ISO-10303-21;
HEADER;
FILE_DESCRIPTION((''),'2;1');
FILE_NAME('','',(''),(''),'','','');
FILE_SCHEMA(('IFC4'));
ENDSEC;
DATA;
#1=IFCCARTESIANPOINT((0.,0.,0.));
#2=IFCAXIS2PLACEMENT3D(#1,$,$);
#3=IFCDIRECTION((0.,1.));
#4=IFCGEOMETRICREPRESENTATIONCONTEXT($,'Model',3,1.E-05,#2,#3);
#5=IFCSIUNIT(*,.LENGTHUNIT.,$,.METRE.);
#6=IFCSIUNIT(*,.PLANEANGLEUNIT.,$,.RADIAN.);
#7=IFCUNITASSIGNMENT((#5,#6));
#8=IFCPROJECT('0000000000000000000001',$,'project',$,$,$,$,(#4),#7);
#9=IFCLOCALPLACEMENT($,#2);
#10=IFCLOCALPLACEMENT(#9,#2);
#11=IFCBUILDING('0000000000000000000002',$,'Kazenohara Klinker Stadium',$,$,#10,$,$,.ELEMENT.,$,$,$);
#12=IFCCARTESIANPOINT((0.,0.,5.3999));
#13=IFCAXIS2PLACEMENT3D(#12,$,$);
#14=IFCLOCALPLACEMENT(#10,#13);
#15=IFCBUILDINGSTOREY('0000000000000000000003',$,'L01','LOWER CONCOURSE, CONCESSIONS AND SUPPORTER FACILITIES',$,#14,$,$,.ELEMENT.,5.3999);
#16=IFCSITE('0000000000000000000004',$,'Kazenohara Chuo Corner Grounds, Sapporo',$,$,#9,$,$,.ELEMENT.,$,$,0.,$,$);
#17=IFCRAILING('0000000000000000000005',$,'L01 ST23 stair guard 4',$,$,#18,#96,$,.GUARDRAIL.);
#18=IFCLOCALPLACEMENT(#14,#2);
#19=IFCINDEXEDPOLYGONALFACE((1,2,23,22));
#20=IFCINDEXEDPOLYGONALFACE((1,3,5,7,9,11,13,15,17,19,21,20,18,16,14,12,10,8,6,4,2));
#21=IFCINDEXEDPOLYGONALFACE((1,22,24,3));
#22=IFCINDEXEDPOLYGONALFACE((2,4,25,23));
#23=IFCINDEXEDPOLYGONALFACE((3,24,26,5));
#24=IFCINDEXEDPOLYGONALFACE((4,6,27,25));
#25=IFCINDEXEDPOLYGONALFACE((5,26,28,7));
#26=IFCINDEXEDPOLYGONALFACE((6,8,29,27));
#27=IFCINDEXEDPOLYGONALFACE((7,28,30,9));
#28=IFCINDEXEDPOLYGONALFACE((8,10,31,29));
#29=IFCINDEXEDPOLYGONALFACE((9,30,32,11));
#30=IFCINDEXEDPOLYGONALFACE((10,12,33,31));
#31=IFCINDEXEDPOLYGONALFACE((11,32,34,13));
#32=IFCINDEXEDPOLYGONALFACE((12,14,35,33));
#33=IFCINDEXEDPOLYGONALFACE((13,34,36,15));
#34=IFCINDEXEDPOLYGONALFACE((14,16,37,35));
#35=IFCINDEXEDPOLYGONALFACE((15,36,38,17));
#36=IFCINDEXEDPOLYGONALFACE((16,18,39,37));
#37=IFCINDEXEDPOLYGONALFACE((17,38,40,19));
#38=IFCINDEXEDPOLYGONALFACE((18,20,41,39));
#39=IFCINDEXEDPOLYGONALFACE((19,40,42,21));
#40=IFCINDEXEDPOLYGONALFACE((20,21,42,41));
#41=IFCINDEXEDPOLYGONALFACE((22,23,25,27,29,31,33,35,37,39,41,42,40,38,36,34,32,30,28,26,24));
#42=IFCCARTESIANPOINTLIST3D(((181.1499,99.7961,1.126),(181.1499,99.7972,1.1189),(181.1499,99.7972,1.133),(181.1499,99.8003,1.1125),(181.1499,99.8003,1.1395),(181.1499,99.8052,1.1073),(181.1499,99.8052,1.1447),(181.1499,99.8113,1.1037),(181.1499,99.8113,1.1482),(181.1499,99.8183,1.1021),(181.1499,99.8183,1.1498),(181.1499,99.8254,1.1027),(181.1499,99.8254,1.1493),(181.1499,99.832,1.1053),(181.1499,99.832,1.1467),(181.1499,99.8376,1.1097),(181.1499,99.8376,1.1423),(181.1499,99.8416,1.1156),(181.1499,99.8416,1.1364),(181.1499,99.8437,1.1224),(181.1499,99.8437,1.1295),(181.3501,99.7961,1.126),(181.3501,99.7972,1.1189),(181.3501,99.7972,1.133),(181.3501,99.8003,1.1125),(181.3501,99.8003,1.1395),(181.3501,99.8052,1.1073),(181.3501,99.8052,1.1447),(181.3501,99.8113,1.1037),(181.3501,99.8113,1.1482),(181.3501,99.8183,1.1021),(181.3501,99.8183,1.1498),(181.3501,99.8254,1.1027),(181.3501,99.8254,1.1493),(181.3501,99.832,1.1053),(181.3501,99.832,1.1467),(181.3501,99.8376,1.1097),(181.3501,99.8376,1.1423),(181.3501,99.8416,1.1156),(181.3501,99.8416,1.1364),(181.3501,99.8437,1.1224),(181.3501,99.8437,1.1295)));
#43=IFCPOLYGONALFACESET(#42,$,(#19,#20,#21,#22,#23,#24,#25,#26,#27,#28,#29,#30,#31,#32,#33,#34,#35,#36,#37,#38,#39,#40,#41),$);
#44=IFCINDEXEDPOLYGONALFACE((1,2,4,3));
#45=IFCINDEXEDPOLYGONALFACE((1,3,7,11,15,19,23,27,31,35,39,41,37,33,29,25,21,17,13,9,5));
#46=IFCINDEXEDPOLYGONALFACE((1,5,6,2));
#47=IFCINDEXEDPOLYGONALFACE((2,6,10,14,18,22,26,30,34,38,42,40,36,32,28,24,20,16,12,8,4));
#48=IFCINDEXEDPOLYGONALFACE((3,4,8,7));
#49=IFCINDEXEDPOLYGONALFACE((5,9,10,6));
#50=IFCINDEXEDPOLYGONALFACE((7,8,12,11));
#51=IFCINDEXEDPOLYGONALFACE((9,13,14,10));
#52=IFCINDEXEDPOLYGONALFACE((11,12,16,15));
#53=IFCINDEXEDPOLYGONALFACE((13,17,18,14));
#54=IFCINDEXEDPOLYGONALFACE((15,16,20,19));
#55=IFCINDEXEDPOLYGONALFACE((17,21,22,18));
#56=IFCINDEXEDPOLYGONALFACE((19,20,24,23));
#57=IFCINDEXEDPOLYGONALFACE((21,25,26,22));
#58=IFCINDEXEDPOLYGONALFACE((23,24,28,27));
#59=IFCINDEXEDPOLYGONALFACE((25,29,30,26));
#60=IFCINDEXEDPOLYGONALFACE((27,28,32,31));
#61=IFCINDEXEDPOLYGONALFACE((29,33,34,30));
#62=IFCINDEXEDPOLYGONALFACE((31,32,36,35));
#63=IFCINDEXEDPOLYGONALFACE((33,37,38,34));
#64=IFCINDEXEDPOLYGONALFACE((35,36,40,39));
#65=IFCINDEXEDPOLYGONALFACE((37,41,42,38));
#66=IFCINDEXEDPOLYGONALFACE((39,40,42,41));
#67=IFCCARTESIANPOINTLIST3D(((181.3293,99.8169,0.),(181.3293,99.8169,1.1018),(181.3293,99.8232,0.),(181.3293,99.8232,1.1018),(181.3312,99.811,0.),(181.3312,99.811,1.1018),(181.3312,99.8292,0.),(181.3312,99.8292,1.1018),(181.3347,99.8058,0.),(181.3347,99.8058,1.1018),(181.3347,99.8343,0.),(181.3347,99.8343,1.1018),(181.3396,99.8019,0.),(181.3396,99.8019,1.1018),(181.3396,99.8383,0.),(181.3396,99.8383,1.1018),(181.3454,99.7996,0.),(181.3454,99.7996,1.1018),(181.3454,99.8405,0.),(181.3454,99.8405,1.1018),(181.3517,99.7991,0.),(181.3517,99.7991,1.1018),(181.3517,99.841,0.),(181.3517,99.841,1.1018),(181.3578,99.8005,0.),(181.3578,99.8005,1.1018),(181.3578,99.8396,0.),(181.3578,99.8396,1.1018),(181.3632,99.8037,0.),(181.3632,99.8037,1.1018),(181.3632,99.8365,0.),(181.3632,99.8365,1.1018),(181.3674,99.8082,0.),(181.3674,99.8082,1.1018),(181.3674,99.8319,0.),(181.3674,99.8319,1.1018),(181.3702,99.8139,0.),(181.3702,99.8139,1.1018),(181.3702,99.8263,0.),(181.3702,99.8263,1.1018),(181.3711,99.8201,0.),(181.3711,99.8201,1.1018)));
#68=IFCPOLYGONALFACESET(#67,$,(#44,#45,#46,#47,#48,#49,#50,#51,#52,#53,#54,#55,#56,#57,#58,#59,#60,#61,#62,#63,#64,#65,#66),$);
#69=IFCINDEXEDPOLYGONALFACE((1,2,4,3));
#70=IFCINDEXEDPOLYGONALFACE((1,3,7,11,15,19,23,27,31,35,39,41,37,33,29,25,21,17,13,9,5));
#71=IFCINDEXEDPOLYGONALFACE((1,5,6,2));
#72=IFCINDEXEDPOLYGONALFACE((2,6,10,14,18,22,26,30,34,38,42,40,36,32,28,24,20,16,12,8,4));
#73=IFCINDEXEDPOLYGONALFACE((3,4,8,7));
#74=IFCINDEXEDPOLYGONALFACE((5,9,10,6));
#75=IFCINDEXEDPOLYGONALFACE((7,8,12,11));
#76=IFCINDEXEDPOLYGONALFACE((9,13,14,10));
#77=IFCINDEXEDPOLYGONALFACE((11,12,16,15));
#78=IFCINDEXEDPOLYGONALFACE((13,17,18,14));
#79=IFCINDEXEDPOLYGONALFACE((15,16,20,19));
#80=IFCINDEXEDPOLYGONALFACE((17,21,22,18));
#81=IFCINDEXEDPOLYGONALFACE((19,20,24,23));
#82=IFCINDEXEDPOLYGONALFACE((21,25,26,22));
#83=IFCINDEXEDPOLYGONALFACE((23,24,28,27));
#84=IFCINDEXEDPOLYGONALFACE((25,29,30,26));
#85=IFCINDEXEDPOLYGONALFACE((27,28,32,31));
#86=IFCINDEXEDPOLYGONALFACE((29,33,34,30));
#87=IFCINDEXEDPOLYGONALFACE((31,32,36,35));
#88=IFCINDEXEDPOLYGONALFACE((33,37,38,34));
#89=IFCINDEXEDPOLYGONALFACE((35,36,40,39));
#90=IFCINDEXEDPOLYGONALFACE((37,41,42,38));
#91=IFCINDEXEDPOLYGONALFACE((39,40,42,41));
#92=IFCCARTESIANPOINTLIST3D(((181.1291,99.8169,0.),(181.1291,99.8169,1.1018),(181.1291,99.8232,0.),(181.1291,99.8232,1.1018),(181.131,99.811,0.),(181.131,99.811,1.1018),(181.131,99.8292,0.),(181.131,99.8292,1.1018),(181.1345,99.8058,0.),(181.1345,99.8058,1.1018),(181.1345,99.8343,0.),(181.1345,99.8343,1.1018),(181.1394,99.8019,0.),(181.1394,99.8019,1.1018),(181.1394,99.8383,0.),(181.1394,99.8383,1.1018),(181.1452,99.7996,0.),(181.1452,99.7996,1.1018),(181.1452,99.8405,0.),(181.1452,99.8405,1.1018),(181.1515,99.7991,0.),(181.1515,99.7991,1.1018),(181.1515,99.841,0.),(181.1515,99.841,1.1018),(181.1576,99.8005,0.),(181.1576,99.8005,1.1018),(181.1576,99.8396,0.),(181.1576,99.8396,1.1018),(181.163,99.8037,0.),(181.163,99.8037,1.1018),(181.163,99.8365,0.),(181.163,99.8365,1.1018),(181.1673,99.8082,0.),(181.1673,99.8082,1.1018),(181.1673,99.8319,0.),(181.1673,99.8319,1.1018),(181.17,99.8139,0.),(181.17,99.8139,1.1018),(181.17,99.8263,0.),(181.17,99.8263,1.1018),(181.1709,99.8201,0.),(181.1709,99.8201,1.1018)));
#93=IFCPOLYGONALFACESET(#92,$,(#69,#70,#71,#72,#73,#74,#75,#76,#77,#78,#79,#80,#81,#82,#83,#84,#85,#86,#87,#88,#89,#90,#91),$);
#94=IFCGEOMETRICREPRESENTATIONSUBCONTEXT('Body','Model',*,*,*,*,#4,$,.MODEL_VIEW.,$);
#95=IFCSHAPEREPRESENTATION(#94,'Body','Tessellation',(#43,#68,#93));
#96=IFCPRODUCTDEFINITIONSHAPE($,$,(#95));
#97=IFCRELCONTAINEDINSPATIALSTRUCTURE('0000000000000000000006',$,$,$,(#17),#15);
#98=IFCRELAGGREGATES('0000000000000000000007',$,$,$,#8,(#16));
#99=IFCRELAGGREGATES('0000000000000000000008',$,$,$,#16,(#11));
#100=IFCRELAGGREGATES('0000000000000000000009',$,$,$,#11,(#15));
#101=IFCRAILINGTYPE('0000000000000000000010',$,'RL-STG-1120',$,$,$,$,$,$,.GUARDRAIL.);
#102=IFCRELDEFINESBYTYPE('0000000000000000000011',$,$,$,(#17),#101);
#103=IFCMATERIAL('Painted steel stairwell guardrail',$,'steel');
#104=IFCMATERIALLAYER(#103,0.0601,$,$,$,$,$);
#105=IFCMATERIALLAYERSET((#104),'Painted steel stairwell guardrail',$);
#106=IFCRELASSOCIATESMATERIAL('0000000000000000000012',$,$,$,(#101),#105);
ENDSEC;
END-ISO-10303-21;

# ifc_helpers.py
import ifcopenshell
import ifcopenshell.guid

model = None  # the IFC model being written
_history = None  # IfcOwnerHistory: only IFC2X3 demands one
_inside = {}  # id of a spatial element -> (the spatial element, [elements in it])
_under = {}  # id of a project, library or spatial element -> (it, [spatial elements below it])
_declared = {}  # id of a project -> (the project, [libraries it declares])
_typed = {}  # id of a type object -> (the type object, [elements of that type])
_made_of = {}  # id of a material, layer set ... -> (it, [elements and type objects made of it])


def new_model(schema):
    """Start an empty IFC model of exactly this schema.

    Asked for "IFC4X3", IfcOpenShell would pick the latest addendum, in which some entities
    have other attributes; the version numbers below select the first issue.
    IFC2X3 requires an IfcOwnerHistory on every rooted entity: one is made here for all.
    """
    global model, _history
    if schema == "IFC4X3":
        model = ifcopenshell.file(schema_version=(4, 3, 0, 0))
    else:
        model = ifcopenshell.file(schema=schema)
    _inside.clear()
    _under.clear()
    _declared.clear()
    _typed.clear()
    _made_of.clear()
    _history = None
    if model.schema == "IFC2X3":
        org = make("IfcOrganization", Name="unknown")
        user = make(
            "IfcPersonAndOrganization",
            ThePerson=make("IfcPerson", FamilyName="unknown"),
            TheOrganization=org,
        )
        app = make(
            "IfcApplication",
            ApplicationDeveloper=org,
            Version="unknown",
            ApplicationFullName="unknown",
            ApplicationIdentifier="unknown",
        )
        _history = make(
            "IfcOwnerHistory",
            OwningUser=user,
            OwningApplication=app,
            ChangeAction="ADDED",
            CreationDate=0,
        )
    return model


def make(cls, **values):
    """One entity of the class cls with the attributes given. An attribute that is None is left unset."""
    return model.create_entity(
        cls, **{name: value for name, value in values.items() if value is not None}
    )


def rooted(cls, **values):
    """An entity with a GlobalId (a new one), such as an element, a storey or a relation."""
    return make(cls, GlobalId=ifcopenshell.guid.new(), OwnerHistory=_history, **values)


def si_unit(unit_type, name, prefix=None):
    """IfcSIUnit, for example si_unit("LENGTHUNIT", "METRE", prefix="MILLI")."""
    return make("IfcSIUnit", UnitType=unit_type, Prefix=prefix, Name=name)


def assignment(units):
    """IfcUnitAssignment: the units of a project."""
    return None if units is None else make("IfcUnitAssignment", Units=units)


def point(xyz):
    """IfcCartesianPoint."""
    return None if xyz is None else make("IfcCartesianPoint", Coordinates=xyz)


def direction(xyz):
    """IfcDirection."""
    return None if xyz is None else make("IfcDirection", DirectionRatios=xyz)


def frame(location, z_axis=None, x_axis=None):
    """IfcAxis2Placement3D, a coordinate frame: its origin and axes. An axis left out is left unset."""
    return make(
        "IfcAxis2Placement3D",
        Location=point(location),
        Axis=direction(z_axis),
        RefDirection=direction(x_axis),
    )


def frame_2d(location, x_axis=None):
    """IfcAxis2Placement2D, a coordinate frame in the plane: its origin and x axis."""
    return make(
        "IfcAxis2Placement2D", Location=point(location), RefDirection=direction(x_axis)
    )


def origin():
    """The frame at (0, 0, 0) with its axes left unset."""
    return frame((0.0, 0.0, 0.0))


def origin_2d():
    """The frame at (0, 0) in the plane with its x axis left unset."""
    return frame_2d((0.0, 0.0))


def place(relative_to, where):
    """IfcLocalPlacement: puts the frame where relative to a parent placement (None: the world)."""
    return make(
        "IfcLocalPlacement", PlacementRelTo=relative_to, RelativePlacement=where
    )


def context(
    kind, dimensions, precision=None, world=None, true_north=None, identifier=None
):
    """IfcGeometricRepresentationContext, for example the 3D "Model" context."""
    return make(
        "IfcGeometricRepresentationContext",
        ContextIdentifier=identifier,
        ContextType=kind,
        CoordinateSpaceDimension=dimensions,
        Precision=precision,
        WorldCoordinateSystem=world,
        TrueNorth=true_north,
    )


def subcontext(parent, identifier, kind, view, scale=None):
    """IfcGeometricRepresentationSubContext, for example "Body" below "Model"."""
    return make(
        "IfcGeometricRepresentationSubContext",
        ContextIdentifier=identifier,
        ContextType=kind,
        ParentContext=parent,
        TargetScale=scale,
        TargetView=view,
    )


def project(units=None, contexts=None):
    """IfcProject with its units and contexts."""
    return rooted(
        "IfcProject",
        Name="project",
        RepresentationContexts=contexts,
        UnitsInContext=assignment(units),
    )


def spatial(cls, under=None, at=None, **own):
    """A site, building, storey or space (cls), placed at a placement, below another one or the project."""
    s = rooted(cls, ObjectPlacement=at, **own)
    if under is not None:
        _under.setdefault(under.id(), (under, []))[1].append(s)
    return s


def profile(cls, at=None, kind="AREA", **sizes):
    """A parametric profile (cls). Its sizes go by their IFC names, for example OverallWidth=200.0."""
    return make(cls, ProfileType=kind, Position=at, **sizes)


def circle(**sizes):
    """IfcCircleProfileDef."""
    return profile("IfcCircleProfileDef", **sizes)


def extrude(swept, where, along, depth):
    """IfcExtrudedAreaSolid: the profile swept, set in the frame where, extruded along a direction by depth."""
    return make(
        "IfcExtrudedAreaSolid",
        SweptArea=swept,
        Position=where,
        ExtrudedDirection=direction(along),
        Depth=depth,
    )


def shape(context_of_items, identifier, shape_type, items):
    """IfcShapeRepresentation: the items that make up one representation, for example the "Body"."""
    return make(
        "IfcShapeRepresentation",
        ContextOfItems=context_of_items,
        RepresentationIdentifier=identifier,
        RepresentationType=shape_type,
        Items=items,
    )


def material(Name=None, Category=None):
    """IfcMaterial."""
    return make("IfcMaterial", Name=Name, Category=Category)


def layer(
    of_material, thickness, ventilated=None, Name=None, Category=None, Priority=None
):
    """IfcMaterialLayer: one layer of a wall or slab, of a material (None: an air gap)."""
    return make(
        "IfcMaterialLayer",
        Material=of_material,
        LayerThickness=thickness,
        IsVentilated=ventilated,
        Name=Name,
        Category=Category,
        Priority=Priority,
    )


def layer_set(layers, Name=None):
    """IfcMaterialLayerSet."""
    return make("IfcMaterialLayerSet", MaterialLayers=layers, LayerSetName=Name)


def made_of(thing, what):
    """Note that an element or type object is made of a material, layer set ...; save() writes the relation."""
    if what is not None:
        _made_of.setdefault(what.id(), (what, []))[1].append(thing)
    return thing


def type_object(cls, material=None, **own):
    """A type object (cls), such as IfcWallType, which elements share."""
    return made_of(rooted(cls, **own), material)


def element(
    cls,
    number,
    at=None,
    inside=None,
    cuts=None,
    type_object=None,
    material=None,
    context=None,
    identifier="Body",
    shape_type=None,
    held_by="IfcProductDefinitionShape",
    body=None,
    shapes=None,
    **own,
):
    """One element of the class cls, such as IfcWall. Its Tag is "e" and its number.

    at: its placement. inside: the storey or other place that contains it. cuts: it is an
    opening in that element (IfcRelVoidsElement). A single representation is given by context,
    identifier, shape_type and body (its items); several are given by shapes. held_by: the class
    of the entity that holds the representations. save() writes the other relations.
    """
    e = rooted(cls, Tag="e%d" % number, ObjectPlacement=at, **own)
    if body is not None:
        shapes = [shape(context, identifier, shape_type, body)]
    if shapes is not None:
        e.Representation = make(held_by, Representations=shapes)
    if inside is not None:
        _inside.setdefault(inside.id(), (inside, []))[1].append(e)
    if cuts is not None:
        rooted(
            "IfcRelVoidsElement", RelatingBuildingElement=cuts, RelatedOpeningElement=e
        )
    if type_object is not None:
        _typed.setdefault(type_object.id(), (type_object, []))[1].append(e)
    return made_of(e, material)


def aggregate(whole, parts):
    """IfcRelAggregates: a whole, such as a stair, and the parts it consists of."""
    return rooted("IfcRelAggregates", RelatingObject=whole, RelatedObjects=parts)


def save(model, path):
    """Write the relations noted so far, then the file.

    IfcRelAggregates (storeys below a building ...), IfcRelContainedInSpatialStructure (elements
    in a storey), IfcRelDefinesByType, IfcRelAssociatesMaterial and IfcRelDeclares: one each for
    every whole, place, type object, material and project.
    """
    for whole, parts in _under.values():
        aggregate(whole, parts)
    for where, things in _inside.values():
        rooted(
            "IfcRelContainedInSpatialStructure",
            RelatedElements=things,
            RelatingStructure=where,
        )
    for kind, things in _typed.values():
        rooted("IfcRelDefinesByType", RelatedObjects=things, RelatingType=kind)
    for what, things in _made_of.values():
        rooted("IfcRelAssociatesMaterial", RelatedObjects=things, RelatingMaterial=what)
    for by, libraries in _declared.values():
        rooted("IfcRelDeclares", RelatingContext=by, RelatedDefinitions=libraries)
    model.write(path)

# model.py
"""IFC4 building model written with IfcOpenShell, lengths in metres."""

from ifc_helpers import new_model, si_unit, direction, frame, origin, origin_2d, place, context, subcontext, project, spatial, circle, extrude, material, layer, layer_set, type_object, element, save


model = new_model("IFC4")

# Units and contexts
model_context = context("Model", 3, precision=1e-05, world=origin(), true_north=direction((0.0, 1.0)))
body_context = subcontext(model_context, "Body", "Model", "MODEL_VIEW")
ifc_project = project(units=[si_unit("LENGTHUNIT", "METRE"), si_unit("PLANEANGLEUNIT", "RADIAN")], contexts=[model_context])

# Site, building, storey
site_placement = place(None, origin())
site = spatial("IfcSite", under=ifc_project, at=site_placement, Name="Kazenohara Chuo Corner Grounds, Sapporo", CompositionType="ELEMENT", RefElevation=0.0)
building_placement = place(site_placement, origin())
building = spatial("IfcBuilding", under=site, at=building_placement, Name="Kazenohara Klinker Stadium", CompositionType="ELEMENT")
storey_placement = place(building_placement, frame((0.0, 0.0, 5.3999)))
storey = spatial("IfcBuildingStorey", under=building, at=storey_placement, Name="L01", Description="LOWER CONCOURSE, CONCESSIONS AND SUPPORTER FACILITIES", CompositionType="ELEMENT", Elevation=5.3999)

# Railing
ifc_material_1 = material(Name="Painted steel stairwell guardrail", Category="steel")
ifc_layer_1 = layer(ifc_material_1, 0.0601)
ifc_layer_set_1 = layer_set([ifc_layer_1], Name="Painted steel stairwell guardrail")
railing_type_1 = type_object("IfcRailingType", Name="RL-STG-1120", PredefinedType="GUARDRAIL", material=ifc_layer_set_1)
railing_1_placement = place(storey_placement, frame((181.3501, 99.8201, 0.0)))
element("IfcRailing", 1, at=railing_1_placement, inside=storey, type_object=railing_type_1, Name="L01 ST23 stair guard 4", PredefinedType="GUARDRAIL", context=body_context, shape_type="SweptSolid", body=[
    extrude(circle(Radius=0.0239, at=origin_2d()), frame((0.0, 0.0, 1.126), z_axis=(-1.0, 0.0, 0.0), x_axis=(0.0, -1.0, 0.0)), (0.0, 0.0, 1.0), 0.2002),
    extrude(circle(Radius=0.021, at=origin_2d()), origin(), (0.0, 0.0, 1.0), 1.1018),
    extrude(circle(Radius=0.021, at=origin_2d()), frame((-0.2002, 0.0, 0.0)), (0.0, 0.0, 1.0), 1.1018),
])

save(model, "model.ifc")
